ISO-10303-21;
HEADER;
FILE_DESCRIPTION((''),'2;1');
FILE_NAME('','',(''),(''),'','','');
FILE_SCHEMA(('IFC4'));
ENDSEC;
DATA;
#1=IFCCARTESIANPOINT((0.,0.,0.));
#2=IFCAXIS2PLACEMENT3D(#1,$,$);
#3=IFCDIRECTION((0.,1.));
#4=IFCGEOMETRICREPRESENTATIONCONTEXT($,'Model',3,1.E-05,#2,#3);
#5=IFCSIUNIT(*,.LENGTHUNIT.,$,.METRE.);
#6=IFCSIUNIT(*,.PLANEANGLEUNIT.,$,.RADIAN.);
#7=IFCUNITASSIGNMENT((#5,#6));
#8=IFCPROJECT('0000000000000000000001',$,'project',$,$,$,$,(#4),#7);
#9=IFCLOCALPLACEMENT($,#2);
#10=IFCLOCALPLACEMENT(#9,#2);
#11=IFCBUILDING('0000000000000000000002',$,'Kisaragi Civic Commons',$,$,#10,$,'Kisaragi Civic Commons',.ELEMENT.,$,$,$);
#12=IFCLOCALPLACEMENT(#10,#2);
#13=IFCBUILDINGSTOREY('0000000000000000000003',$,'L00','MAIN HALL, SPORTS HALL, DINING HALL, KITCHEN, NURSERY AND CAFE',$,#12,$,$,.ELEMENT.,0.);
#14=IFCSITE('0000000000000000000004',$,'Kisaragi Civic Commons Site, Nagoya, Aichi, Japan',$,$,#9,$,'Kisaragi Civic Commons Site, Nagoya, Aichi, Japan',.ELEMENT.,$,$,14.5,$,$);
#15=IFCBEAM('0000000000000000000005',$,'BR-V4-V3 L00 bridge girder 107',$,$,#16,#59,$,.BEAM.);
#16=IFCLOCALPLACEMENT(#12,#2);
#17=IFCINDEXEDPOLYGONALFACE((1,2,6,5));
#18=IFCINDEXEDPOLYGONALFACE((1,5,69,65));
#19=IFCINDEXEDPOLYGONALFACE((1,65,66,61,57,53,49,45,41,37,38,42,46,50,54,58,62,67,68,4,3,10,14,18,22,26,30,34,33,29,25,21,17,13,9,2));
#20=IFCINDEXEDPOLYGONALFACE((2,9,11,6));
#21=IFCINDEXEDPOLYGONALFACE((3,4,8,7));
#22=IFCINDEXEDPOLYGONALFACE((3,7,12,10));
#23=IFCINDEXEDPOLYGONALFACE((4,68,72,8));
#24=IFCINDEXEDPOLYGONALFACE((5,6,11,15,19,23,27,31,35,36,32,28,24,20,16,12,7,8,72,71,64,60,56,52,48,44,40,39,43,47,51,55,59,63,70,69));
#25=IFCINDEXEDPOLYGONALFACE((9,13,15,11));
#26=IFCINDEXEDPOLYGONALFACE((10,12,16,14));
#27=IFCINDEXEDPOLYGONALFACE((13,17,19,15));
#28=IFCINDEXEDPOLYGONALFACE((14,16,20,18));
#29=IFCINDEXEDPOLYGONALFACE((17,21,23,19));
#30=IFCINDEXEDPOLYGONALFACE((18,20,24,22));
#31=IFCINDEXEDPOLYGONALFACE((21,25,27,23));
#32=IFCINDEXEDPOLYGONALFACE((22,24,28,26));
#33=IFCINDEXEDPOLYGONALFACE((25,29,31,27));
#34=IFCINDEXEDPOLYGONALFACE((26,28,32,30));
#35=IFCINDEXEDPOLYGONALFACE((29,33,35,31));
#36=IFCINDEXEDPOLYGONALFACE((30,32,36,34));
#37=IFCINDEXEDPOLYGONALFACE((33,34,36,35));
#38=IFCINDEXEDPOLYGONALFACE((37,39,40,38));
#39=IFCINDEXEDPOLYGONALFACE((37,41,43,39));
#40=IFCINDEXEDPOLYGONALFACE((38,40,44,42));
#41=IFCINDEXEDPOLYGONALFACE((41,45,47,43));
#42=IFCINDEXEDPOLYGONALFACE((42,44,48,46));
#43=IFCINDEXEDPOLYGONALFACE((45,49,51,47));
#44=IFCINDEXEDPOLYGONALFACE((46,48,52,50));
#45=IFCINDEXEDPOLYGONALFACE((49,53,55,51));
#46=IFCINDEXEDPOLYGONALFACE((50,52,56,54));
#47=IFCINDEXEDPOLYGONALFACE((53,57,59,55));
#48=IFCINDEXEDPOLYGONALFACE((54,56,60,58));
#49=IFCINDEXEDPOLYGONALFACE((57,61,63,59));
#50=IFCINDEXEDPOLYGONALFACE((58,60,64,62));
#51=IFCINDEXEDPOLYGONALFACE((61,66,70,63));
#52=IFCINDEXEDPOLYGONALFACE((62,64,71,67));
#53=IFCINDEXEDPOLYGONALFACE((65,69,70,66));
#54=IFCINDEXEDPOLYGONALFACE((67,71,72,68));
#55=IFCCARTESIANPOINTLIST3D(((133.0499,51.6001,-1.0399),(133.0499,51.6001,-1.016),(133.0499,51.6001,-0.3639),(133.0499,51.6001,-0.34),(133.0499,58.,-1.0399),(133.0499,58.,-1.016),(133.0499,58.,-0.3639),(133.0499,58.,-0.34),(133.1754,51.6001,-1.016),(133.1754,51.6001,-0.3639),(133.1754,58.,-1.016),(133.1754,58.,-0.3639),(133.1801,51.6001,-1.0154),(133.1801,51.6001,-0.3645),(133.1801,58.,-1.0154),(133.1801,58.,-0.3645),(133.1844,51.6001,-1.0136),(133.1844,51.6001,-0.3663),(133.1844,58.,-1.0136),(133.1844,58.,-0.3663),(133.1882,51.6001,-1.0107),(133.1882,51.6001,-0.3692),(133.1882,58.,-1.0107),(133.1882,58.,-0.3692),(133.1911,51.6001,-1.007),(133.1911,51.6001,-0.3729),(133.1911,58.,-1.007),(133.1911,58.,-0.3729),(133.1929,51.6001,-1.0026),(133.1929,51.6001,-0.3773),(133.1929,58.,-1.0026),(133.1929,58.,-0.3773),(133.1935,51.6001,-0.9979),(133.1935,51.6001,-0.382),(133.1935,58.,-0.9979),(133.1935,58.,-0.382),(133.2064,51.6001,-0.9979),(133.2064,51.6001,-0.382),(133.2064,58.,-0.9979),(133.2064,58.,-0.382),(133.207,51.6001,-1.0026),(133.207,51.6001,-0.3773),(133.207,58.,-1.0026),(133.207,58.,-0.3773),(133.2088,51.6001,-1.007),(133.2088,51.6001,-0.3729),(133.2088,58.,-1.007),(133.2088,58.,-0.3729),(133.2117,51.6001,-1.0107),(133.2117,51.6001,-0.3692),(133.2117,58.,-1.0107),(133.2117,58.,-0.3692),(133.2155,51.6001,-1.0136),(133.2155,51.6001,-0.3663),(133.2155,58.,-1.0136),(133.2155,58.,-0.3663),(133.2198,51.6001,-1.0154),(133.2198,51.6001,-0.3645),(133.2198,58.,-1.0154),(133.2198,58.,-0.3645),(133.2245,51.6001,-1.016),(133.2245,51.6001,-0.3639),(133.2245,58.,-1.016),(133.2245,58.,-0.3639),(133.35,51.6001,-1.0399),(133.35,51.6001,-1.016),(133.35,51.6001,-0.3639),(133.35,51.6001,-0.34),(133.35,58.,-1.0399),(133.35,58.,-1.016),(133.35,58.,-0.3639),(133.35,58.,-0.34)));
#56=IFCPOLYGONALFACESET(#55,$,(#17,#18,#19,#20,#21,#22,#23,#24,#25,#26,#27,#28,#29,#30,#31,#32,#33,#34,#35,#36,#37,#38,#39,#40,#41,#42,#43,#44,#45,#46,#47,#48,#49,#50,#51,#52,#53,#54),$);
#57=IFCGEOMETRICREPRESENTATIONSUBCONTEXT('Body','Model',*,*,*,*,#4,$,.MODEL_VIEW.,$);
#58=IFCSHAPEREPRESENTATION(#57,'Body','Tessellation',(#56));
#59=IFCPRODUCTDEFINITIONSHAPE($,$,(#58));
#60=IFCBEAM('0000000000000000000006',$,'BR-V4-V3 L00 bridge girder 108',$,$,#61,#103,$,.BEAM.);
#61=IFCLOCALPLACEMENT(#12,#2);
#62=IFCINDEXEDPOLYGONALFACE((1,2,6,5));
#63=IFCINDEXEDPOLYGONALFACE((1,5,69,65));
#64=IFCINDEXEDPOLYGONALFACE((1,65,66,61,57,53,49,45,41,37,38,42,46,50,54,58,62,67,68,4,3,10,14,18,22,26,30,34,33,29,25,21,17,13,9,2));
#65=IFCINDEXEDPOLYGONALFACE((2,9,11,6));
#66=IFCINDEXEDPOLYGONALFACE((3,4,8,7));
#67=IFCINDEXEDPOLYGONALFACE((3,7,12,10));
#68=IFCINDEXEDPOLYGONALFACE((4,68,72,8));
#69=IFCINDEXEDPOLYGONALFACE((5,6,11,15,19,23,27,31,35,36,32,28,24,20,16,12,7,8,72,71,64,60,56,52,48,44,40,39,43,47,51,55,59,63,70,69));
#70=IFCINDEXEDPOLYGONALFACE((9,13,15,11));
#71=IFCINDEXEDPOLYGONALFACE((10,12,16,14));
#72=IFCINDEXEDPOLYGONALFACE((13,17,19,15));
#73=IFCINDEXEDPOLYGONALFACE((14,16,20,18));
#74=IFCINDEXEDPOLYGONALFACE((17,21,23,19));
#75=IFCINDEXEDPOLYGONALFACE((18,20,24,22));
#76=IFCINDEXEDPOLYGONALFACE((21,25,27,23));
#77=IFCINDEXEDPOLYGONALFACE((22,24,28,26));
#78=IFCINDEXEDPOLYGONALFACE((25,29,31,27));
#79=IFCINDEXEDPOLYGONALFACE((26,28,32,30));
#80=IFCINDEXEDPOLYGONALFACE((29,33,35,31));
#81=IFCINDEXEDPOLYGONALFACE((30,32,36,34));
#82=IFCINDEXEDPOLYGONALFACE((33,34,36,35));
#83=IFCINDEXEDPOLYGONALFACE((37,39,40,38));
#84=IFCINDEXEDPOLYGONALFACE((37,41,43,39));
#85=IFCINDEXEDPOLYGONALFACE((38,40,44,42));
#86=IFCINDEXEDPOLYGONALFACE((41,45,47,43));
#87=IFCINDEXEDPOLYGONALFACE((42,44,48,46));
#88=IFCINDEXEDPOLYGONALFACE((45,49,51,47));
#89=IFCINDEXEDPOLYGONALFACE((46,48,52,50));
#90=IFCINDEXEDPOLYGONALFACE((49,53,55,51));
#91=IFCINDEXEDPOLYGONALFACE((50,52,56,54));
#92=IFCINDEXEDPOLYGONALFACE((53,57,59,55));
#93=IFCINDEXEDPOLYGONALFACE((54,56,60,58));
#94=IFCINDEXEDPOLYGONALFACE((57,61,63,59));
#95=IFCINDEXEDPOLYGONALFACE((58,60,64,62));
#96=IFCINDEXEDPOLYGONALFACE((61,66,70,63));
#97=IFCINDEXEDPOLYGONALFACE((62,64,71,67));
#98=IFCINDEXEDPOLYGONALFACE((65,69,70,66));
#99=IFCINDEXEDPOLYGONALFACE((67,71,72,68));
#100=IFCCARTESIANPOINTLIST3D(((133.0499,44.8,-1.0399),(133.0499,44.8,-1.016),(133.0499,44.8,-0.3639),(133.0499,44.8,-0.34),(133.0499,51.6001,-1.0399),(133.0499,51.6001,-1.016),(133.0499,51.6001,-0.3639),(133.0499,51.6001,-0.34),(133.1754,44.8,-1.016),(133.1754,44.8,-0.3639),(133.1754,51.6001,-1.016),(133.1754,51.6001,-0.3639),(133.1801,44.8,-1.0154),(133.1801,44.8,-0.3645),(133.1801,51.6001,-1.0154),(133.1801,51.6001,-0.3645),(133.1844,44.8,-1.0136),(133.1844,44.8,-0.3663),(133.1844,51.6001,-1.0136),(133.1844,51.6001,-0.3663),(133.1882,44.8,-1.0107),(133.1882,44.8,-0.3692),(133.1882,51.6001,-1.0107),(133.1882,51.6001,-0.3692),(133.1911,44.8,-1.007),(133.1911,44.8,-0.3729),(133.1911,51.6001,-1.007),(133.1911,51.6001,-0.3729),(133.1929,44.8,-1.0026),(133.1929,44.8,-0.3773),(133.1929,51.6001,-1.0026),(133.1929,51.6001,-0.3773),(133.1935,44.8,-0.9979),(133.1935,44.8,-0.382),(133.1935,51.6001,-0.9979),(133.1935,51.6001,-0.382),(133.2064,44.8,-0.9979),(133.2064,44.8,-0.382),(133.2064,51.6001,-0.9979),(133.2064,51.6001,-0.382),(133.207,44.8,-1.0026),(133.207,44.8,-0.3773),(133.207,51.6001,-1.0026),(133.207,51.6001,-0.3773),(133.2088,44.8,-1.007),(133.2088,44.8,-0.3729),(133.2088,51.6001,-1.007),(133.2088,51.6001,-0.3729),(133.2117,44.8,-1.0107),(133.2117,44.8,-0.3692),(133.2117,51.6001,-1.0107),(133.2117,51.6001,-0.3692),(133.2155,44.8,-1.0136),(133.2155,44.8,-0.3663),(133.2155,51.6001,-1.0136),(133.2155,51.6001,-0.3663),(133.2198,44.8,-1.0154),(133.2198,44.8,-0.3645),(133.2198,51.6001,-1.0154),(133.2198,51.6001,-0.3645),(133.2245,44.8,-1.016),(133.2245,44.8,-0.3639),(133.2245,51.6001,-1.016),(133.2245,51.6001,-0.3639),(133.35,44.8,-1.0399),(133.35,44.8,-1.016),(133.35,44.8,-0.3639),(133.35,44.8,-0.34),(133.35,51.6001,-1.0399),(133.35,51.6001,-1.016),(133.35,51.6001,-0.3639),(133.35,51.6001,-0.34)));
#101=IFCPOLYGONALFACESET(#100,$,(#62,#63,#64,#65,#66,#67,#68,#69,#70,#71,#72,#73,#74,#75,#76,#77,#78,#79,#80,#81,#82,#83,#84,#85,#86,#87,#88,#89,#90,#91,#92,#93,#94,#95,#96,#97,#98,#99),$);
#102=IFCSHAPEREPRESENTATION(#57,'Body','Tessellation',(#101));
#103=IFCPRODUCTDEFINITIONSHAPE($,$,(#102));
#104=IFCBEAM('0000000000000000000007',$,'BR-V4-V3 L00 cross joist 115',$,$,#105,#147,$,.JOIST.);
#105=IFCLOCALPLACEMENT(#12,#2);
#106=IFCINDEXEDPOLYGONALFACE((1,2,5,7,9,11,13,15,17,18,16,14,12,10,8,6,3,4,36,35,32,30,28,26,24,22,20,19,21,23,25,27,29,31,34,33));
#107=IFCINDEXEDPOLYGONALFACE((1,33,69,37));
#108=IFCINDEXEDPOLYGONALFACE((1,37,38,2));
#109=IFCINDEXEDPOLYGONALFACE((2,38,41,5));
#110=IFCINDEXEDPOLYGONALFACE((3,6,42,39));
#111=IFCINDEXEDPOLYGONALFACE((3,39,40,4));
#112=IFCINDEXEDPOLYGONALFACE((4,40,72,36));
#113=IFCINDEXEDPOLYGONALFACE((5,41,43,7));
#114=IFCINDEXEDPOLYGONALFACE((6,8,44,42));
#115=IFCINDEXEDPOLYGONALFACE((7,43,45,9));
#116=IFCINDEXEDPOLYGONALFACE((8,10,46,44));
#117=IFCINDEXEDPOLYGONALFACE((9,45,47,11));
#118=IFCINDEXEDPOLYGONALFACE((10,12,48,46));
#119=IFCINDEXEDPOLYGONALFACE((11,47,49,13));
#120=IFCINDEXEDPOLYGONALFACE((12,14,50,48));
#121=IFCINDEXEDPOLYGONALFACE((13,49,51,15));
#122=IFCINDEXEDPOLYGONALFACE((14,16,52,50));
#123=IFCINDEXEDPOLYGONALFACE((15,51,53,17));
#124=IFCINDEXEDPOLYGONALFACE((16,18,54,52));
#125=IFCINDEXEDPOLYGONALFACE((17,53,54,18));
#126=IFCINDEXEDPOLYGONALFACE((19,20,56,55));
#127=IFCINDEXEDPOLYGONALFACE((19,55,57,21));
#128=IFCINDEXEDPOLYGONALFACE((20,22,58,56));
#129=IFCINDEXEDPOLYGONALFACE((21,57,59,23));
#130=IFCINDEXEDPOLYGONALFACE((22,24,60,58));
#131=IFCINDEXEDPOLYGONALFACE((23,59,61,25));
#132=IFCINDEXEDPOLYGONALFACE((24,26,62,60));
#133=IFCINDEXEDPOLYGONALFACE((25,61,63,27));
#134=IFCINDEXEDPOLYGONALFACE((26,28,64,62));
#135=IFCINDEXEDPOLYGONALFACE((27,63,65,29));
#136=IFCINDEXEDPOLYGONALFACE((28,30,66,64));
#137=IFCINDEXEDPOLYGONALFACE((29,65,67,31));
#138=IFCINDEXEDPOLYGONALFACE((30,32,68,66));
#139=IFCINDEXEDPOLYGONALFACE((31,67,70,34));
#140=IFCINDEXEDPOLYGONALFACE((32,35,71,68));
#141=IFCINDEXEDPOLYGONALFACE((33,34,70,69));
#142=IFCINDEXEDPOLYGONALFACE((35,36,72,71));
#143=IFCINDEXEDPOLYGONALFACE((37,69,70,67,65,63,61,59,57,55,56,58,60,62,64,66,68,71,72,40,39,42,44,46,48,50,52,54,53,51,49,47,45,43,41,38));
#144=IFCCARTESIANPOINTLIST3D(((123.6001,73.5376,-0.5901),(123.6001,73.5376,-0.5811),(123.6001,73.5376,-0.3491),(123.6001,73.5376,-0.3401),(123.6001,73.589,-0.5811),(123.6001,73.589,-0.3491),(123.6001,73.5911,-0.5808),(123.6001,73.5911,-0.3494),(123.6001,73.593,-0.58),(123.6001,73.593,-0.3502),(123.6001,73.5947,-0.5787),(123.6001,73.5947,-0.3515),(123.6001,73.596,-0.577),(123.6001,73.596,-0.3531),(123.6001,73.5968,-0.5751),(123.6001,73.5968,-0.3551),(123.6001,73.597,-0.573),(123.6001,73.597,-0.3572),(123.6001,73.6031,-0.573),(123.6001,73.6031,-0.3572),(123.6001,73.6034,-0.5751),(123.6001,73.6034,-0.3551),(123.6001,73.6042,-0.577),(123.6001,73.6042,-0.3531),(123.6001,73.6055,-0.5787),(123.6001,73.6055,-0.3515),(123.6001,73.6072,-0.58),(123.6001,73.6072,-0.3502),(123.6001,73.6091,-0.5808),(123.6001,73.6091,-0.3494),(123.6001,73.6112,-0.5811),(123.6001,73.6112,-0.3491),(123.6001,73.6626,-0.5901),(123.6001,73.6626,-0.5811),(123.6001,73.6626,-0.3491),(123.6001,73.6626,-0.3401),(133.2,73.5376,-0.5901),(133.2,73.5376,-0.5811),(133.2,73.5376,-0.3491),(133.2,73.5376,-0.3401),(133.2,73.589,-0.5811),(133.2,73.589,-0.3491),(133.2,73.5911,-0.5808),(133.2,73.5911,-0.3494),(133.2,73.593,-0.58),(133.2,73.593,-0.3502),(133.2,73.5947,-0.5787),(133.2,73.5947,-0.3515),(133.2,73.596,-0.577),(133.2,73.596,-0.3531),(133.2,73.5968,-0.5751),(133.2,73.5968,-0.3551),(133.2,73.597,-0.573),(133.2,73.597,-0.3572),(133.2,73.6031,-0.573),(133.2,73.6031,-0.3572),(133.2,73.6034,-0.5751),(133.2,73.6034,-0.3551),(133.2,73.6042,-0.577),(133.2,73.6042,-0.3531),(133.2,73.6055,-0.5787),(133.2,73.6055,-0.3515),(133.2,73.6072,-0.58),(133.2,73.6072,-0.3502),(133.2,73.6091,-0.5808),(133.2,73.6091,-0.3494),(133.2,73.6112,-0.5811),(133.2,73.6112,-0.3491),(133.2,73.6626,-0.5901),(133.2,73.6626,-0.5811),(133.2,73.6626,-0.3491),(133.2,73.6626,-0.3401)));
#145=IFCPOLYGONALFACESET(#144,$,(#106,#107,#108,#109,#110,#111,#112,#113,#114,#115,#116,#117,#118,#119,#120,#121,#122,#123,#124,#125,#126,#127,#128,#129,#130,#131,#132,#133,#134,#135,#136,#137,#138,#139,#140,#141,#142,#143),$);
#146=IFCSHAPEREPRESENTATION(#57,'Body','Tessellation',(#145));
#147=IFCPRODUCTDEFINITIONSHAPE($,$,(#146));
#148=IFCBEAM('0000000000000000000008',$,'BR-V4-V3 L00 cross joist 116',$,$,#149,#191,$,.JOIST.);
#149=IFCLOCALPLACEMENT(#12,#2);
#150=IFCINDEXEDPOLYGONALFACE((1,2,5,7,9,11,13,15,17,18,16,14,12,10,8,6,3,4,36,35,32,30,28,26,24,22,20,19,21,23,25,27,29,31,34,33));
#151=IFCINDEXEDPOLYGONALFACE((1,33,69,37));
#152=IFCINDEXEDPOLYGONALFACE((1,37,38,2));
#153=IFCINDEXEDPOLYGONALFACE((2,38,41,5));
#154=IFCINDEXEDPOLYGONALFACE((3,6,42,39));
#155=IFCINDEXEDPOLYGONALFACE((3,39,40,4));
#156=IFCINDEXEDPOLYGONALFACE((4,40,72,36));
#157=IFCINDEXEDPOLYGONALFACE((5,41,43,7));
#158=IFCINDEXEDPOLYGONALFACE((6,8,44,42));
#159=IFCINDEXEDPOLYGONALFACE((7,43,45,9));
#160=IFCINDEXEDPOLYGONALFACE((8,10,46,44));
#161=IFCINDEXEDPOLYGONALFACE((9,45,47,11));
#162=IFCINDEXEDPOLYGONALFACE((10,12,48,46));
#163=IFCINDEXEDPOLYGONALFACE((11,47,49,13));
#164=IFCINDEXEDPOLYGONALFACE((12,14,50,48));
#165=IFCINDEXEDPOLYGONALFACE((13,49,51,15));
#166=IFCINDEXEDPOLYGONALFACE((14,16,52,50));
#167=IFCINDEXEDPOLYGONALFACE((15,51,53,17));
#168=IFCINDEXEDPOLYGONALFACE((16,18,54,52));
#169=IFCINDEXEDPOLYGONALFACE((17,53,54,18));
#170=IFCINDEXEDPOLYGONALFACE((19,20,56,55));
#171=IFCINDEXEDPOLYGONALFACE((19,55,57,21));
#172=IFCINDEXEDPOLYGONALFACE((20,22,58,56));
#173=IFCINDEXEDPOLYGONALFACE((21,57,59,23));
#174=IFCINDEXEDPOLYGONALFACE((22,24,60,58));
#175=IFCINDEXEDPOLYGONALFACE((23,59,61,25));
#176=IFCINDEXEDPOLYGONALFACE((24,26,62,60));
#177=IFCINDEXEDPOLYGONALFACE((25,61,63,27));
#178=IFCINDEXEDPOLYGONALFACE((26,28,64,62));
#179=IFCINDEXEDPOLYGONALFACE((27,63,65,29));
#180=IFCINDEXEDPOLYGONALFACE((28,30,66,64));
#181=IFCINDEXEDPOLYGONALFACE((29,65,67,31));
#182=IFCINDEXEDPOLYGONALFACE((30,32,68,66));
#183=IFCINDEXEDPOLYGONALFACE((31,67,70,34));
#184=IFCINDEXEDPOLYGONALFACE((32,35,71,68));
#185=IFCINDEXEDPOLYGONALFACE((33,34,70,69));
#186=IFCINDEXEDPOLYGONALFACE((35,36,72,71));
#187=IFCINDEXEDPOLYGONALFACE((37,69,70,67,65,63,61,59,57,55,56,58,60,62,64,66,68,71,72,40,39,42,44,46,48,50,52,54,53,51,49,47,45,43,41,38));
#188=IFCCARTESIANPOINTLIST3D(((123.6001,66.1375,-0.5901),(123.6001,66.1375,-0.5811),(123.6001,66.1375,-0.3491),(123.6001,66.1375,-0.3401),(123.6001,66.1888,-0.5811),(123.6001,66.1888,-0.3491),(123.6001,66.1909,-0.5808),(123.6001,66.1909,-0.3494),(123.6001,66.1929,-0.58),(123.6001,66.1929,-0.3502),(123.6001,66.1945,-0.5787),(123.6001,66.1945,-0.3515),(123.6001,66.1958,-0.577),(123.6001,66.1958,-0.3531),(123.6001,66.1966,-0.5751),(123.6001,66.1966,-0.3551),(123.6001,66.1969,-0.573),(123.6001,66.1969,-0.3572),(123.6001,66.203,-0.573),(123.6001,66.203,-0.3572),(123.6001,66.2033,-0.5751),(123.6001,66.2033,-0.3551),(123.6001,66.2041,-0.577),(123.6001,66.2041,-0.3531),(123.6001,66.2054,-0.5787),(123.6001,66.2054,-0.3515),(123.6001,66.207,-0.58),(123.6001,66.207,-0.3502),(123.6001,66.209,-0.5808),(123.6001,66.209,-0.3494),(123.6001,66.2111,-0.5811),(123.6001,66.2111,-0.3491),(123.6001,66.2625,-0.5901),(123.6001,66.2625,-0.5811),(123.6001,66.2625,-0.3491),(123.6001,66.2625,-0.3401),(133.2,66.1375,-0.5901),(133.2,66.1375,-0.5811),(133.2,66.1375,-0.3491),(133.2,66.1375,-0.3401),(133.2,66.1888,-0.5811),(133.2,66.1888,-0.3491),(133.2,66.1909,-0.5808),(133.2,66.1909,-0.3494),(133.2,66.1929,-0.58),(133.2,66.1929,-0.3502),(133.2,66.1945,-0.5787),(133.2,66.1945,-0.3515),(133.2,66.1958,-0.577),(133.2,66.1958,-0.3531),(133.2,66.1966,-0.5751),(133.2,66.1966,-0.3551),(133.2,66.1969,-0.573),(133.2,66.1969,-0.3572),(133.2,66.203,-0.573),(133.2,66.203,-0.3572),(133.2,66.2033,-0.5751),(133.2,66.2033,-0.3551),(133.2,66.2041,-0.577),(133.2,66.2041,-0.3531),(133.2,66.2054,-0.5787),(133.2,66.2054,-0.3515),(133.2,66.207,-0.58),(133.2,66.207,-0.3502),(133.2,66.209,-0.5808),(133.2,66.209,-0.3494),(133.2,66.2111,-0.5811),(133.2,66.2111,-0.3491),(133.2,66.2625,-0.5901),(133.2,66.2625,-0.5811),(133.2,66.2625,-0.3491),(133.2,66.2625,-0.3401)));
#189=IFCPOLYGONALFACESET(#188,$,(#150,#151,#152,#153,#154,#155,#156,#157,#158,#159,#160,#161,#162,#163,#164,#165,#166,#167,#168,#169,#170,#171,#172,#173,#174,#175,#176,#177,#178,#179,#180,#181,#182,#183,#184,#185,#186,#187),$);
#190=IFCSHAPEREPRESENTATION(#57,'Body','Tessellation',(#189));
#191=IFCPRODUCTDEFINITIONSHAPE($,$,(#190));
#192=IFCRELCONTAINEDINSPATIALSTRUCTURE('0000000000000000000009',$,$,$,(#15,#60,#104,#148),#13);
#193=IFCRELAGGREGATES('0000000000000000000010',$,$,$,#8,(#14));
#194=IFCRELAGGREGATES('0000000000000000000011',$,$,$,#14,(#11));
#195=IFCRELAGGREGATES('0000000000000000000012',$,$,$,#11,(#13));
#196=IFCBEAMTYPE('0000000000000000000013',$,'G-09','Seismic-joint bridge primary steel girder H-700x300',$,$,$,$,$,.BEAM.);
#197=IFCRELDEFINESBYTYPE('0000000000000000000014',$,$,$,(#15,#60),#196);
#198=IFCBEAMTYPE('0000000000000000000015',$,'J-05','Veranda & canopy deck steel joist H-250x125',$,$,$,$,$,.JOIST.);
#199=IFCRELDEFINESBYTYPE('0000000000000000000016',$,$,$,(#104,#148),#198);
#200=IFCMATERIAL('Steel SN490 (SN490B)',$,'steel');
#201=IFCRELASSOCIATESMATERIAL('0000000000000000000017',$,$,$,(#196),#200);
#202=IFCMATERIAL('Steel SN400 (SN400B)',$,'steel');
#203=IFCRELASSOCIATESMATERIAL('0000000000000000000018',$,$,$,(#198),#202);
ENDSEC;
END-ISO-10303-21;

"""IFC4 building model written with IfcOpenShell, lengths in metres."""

from ifc_helpers import new_model, si_unit, direction, frame, origin, origin_2d, place, context, subcontext, project, spatial, i_section, extrude, material, material_profile, profile_set, type_object, element, save


model = new_model("IFC4")

# Units and contexts
model_context = context("Model", 3, precision=1e-05, world=origin(), true_north=direction((0.0, 1.0)))
body_context = subcontext(model_context, "Body", "Model", "MODEL_VIEW")
ifc_project = project(units=[si_unit("LENGTHUNIT", "METRE"), si_unit("PLANEANGLEUNIT", "RADIAN")], contexts=[model_context])

# Site, building, storey
site_placement = place(None, origin())
site = spatial("IfcSite", under=ifc_project, at=site_placement, Name="Kisaragi Civic Commons Site, Nagoya, Aichi, Japan", LongName="Kisaragi Civic Commons Site, Nagoya, Aichi, Japan", CompositionType="ELEMENT", RefElevation=14.5)
building_placement = place(site_placement, origin())
building = spatial("IfcBuilding", under=site, at=building_placement, Name="Kisaragi Civic Commons", LongName="Kisaragi Civic Commons", CompositionType="ELEMENT")
storey_placement = place(building_placement, origin())
storey = spatial("IfcBuildingStorey", under=building, at=storey_placement, Name="L00", Description="MAIN HALL, SPORTS HALL, DINING HALL, KITCHEN, NURSERY AND CAFE", CompositionType="ELEMENT", Elevation=0.0)

# Beams
ifc_material_1 = material(Name="Steel SN490 (SN490B)", Category="steel")
ifc_material_profile_1 = material_profile(ifc_material_1, i_section(OverallWidth=0.3, OverallDepth=0.7, WebThickness=0.0129, FlangeThickness=0.0239, FilletRadius=0.0181, at=origin_2d()), Name="H-700x300x13x24", Category="steel")
ifc_profile_set_1 = profile_set([ifc_material_profile_1], Name="Steel SN490 (SN490B)")
beam_type_1 = type_object("IfcBeamType", Name="G-09", Description="Seismic-joint bridge primary steel girder H-700x300", PredefinedType="BEAM", material=ifc_profile_set_1)
beam_1_placement = place(storey_placement, frame((133.2, 58.0, -0.6899), z_axis=(0.0, -1.0, 0.0), x_axis=(1.0, 0.0, 0.0)))
element("IfcBeam", 1, at=beam_1_placement, inside=storey, type_object=beam_type_1, Name="BR-V4-V3 L00 bridge girder 107", PredefinedType="BEAM", context=body_context, shape_type="SweptSolid", body=[
    extrude(i_section(OverallWidth=0.3, OverallDepth=0.7, WebThickness=0.0129, FlangeThickness=0.0239, FilletRadius=0.0181, at=origin_2d()), origin(), (0.0, 0.0, 1.0), 6.3999),
])
beam_2_placement = place(storey_placement, frame((133.2, 51.6001, -0.6899), z_axis=(0.0, -1.0, 0.0), x_axis=(1.0, 0.0, 0.0)))
element("IfcBeam", 2, at=beam_2_placement, inside=storey, type_object=beam_type_1, Name="BR-V4-V3 L00 bridge girder 108", PredefinedType="BEAM", context=body_context, shape_type="SweptSolid", body=[
    extrude(i_section(OverallWidth=0.3, OverallDepth=0.7, WebThickness=0.0129, FlangeThickness=0.0239, FilletRadius=0.0181, at=origin_2d()), origin(), (0.0, 0.0, 1.0), 6.8),
])
ifc_material_2 = material(Name="Steel SN400 (SN400B)", Category="steel")
ifc_material_profile_2 = material_profile(ifc_material_2, i_section(OverallWidth=0.125, OverallDepth=0.25, WebThickness=0.0061, FlangeThickness=0.009, FilletRadius=0.0081, at=origin_2d()), Name="H-250x125x6x9", Category="steel")
ifc_profile_set_2 = profile_set([ifc_material_profile_2], Name="Steel SN400 (SN400B)")
beam_type_2 = type_object("IfcBeamType", Name="J-05", Description="Veranda & canopy deck steel joist H-250x125", PredefinedType="JOIST", material=ifc_profile_set_2)
for number, where, z_axis, x_axis, name in (
    (3, (123.6001, 73.6001, -0.4651), (1.0, 0.0, 0.0), (0.0, 1.0, 0.0), "BR-V4-V3 L00 cross joist 115"),
    (4, (123.6001, 66.2, -0.4651), (1.0, 0.0, 0.0), (0.0, 1.0, 0.0), "BR-V4-V3 L00 cross joist 116"),
):
    element("IfcBeam", number, at=place(storey_placement, frame(where, z_axis=z_axis, x_axis=x_axis)), inside=storey, type_object=beam_type_2, Name=name, PredefinedType="JOIST", context=body_context, shape_type="SweptSolid", body=[
        extrude(i_section(OverallWidth=0.125, OverallDepth=0.25, WebThickness=0.0061, FlangeThickness=0.009, FilletRadius=0.0081, at=origin_2d()), origin(), (0.0, 0.0, 1.0), 9.5999),
    ])

save(model, "model.ifc")
